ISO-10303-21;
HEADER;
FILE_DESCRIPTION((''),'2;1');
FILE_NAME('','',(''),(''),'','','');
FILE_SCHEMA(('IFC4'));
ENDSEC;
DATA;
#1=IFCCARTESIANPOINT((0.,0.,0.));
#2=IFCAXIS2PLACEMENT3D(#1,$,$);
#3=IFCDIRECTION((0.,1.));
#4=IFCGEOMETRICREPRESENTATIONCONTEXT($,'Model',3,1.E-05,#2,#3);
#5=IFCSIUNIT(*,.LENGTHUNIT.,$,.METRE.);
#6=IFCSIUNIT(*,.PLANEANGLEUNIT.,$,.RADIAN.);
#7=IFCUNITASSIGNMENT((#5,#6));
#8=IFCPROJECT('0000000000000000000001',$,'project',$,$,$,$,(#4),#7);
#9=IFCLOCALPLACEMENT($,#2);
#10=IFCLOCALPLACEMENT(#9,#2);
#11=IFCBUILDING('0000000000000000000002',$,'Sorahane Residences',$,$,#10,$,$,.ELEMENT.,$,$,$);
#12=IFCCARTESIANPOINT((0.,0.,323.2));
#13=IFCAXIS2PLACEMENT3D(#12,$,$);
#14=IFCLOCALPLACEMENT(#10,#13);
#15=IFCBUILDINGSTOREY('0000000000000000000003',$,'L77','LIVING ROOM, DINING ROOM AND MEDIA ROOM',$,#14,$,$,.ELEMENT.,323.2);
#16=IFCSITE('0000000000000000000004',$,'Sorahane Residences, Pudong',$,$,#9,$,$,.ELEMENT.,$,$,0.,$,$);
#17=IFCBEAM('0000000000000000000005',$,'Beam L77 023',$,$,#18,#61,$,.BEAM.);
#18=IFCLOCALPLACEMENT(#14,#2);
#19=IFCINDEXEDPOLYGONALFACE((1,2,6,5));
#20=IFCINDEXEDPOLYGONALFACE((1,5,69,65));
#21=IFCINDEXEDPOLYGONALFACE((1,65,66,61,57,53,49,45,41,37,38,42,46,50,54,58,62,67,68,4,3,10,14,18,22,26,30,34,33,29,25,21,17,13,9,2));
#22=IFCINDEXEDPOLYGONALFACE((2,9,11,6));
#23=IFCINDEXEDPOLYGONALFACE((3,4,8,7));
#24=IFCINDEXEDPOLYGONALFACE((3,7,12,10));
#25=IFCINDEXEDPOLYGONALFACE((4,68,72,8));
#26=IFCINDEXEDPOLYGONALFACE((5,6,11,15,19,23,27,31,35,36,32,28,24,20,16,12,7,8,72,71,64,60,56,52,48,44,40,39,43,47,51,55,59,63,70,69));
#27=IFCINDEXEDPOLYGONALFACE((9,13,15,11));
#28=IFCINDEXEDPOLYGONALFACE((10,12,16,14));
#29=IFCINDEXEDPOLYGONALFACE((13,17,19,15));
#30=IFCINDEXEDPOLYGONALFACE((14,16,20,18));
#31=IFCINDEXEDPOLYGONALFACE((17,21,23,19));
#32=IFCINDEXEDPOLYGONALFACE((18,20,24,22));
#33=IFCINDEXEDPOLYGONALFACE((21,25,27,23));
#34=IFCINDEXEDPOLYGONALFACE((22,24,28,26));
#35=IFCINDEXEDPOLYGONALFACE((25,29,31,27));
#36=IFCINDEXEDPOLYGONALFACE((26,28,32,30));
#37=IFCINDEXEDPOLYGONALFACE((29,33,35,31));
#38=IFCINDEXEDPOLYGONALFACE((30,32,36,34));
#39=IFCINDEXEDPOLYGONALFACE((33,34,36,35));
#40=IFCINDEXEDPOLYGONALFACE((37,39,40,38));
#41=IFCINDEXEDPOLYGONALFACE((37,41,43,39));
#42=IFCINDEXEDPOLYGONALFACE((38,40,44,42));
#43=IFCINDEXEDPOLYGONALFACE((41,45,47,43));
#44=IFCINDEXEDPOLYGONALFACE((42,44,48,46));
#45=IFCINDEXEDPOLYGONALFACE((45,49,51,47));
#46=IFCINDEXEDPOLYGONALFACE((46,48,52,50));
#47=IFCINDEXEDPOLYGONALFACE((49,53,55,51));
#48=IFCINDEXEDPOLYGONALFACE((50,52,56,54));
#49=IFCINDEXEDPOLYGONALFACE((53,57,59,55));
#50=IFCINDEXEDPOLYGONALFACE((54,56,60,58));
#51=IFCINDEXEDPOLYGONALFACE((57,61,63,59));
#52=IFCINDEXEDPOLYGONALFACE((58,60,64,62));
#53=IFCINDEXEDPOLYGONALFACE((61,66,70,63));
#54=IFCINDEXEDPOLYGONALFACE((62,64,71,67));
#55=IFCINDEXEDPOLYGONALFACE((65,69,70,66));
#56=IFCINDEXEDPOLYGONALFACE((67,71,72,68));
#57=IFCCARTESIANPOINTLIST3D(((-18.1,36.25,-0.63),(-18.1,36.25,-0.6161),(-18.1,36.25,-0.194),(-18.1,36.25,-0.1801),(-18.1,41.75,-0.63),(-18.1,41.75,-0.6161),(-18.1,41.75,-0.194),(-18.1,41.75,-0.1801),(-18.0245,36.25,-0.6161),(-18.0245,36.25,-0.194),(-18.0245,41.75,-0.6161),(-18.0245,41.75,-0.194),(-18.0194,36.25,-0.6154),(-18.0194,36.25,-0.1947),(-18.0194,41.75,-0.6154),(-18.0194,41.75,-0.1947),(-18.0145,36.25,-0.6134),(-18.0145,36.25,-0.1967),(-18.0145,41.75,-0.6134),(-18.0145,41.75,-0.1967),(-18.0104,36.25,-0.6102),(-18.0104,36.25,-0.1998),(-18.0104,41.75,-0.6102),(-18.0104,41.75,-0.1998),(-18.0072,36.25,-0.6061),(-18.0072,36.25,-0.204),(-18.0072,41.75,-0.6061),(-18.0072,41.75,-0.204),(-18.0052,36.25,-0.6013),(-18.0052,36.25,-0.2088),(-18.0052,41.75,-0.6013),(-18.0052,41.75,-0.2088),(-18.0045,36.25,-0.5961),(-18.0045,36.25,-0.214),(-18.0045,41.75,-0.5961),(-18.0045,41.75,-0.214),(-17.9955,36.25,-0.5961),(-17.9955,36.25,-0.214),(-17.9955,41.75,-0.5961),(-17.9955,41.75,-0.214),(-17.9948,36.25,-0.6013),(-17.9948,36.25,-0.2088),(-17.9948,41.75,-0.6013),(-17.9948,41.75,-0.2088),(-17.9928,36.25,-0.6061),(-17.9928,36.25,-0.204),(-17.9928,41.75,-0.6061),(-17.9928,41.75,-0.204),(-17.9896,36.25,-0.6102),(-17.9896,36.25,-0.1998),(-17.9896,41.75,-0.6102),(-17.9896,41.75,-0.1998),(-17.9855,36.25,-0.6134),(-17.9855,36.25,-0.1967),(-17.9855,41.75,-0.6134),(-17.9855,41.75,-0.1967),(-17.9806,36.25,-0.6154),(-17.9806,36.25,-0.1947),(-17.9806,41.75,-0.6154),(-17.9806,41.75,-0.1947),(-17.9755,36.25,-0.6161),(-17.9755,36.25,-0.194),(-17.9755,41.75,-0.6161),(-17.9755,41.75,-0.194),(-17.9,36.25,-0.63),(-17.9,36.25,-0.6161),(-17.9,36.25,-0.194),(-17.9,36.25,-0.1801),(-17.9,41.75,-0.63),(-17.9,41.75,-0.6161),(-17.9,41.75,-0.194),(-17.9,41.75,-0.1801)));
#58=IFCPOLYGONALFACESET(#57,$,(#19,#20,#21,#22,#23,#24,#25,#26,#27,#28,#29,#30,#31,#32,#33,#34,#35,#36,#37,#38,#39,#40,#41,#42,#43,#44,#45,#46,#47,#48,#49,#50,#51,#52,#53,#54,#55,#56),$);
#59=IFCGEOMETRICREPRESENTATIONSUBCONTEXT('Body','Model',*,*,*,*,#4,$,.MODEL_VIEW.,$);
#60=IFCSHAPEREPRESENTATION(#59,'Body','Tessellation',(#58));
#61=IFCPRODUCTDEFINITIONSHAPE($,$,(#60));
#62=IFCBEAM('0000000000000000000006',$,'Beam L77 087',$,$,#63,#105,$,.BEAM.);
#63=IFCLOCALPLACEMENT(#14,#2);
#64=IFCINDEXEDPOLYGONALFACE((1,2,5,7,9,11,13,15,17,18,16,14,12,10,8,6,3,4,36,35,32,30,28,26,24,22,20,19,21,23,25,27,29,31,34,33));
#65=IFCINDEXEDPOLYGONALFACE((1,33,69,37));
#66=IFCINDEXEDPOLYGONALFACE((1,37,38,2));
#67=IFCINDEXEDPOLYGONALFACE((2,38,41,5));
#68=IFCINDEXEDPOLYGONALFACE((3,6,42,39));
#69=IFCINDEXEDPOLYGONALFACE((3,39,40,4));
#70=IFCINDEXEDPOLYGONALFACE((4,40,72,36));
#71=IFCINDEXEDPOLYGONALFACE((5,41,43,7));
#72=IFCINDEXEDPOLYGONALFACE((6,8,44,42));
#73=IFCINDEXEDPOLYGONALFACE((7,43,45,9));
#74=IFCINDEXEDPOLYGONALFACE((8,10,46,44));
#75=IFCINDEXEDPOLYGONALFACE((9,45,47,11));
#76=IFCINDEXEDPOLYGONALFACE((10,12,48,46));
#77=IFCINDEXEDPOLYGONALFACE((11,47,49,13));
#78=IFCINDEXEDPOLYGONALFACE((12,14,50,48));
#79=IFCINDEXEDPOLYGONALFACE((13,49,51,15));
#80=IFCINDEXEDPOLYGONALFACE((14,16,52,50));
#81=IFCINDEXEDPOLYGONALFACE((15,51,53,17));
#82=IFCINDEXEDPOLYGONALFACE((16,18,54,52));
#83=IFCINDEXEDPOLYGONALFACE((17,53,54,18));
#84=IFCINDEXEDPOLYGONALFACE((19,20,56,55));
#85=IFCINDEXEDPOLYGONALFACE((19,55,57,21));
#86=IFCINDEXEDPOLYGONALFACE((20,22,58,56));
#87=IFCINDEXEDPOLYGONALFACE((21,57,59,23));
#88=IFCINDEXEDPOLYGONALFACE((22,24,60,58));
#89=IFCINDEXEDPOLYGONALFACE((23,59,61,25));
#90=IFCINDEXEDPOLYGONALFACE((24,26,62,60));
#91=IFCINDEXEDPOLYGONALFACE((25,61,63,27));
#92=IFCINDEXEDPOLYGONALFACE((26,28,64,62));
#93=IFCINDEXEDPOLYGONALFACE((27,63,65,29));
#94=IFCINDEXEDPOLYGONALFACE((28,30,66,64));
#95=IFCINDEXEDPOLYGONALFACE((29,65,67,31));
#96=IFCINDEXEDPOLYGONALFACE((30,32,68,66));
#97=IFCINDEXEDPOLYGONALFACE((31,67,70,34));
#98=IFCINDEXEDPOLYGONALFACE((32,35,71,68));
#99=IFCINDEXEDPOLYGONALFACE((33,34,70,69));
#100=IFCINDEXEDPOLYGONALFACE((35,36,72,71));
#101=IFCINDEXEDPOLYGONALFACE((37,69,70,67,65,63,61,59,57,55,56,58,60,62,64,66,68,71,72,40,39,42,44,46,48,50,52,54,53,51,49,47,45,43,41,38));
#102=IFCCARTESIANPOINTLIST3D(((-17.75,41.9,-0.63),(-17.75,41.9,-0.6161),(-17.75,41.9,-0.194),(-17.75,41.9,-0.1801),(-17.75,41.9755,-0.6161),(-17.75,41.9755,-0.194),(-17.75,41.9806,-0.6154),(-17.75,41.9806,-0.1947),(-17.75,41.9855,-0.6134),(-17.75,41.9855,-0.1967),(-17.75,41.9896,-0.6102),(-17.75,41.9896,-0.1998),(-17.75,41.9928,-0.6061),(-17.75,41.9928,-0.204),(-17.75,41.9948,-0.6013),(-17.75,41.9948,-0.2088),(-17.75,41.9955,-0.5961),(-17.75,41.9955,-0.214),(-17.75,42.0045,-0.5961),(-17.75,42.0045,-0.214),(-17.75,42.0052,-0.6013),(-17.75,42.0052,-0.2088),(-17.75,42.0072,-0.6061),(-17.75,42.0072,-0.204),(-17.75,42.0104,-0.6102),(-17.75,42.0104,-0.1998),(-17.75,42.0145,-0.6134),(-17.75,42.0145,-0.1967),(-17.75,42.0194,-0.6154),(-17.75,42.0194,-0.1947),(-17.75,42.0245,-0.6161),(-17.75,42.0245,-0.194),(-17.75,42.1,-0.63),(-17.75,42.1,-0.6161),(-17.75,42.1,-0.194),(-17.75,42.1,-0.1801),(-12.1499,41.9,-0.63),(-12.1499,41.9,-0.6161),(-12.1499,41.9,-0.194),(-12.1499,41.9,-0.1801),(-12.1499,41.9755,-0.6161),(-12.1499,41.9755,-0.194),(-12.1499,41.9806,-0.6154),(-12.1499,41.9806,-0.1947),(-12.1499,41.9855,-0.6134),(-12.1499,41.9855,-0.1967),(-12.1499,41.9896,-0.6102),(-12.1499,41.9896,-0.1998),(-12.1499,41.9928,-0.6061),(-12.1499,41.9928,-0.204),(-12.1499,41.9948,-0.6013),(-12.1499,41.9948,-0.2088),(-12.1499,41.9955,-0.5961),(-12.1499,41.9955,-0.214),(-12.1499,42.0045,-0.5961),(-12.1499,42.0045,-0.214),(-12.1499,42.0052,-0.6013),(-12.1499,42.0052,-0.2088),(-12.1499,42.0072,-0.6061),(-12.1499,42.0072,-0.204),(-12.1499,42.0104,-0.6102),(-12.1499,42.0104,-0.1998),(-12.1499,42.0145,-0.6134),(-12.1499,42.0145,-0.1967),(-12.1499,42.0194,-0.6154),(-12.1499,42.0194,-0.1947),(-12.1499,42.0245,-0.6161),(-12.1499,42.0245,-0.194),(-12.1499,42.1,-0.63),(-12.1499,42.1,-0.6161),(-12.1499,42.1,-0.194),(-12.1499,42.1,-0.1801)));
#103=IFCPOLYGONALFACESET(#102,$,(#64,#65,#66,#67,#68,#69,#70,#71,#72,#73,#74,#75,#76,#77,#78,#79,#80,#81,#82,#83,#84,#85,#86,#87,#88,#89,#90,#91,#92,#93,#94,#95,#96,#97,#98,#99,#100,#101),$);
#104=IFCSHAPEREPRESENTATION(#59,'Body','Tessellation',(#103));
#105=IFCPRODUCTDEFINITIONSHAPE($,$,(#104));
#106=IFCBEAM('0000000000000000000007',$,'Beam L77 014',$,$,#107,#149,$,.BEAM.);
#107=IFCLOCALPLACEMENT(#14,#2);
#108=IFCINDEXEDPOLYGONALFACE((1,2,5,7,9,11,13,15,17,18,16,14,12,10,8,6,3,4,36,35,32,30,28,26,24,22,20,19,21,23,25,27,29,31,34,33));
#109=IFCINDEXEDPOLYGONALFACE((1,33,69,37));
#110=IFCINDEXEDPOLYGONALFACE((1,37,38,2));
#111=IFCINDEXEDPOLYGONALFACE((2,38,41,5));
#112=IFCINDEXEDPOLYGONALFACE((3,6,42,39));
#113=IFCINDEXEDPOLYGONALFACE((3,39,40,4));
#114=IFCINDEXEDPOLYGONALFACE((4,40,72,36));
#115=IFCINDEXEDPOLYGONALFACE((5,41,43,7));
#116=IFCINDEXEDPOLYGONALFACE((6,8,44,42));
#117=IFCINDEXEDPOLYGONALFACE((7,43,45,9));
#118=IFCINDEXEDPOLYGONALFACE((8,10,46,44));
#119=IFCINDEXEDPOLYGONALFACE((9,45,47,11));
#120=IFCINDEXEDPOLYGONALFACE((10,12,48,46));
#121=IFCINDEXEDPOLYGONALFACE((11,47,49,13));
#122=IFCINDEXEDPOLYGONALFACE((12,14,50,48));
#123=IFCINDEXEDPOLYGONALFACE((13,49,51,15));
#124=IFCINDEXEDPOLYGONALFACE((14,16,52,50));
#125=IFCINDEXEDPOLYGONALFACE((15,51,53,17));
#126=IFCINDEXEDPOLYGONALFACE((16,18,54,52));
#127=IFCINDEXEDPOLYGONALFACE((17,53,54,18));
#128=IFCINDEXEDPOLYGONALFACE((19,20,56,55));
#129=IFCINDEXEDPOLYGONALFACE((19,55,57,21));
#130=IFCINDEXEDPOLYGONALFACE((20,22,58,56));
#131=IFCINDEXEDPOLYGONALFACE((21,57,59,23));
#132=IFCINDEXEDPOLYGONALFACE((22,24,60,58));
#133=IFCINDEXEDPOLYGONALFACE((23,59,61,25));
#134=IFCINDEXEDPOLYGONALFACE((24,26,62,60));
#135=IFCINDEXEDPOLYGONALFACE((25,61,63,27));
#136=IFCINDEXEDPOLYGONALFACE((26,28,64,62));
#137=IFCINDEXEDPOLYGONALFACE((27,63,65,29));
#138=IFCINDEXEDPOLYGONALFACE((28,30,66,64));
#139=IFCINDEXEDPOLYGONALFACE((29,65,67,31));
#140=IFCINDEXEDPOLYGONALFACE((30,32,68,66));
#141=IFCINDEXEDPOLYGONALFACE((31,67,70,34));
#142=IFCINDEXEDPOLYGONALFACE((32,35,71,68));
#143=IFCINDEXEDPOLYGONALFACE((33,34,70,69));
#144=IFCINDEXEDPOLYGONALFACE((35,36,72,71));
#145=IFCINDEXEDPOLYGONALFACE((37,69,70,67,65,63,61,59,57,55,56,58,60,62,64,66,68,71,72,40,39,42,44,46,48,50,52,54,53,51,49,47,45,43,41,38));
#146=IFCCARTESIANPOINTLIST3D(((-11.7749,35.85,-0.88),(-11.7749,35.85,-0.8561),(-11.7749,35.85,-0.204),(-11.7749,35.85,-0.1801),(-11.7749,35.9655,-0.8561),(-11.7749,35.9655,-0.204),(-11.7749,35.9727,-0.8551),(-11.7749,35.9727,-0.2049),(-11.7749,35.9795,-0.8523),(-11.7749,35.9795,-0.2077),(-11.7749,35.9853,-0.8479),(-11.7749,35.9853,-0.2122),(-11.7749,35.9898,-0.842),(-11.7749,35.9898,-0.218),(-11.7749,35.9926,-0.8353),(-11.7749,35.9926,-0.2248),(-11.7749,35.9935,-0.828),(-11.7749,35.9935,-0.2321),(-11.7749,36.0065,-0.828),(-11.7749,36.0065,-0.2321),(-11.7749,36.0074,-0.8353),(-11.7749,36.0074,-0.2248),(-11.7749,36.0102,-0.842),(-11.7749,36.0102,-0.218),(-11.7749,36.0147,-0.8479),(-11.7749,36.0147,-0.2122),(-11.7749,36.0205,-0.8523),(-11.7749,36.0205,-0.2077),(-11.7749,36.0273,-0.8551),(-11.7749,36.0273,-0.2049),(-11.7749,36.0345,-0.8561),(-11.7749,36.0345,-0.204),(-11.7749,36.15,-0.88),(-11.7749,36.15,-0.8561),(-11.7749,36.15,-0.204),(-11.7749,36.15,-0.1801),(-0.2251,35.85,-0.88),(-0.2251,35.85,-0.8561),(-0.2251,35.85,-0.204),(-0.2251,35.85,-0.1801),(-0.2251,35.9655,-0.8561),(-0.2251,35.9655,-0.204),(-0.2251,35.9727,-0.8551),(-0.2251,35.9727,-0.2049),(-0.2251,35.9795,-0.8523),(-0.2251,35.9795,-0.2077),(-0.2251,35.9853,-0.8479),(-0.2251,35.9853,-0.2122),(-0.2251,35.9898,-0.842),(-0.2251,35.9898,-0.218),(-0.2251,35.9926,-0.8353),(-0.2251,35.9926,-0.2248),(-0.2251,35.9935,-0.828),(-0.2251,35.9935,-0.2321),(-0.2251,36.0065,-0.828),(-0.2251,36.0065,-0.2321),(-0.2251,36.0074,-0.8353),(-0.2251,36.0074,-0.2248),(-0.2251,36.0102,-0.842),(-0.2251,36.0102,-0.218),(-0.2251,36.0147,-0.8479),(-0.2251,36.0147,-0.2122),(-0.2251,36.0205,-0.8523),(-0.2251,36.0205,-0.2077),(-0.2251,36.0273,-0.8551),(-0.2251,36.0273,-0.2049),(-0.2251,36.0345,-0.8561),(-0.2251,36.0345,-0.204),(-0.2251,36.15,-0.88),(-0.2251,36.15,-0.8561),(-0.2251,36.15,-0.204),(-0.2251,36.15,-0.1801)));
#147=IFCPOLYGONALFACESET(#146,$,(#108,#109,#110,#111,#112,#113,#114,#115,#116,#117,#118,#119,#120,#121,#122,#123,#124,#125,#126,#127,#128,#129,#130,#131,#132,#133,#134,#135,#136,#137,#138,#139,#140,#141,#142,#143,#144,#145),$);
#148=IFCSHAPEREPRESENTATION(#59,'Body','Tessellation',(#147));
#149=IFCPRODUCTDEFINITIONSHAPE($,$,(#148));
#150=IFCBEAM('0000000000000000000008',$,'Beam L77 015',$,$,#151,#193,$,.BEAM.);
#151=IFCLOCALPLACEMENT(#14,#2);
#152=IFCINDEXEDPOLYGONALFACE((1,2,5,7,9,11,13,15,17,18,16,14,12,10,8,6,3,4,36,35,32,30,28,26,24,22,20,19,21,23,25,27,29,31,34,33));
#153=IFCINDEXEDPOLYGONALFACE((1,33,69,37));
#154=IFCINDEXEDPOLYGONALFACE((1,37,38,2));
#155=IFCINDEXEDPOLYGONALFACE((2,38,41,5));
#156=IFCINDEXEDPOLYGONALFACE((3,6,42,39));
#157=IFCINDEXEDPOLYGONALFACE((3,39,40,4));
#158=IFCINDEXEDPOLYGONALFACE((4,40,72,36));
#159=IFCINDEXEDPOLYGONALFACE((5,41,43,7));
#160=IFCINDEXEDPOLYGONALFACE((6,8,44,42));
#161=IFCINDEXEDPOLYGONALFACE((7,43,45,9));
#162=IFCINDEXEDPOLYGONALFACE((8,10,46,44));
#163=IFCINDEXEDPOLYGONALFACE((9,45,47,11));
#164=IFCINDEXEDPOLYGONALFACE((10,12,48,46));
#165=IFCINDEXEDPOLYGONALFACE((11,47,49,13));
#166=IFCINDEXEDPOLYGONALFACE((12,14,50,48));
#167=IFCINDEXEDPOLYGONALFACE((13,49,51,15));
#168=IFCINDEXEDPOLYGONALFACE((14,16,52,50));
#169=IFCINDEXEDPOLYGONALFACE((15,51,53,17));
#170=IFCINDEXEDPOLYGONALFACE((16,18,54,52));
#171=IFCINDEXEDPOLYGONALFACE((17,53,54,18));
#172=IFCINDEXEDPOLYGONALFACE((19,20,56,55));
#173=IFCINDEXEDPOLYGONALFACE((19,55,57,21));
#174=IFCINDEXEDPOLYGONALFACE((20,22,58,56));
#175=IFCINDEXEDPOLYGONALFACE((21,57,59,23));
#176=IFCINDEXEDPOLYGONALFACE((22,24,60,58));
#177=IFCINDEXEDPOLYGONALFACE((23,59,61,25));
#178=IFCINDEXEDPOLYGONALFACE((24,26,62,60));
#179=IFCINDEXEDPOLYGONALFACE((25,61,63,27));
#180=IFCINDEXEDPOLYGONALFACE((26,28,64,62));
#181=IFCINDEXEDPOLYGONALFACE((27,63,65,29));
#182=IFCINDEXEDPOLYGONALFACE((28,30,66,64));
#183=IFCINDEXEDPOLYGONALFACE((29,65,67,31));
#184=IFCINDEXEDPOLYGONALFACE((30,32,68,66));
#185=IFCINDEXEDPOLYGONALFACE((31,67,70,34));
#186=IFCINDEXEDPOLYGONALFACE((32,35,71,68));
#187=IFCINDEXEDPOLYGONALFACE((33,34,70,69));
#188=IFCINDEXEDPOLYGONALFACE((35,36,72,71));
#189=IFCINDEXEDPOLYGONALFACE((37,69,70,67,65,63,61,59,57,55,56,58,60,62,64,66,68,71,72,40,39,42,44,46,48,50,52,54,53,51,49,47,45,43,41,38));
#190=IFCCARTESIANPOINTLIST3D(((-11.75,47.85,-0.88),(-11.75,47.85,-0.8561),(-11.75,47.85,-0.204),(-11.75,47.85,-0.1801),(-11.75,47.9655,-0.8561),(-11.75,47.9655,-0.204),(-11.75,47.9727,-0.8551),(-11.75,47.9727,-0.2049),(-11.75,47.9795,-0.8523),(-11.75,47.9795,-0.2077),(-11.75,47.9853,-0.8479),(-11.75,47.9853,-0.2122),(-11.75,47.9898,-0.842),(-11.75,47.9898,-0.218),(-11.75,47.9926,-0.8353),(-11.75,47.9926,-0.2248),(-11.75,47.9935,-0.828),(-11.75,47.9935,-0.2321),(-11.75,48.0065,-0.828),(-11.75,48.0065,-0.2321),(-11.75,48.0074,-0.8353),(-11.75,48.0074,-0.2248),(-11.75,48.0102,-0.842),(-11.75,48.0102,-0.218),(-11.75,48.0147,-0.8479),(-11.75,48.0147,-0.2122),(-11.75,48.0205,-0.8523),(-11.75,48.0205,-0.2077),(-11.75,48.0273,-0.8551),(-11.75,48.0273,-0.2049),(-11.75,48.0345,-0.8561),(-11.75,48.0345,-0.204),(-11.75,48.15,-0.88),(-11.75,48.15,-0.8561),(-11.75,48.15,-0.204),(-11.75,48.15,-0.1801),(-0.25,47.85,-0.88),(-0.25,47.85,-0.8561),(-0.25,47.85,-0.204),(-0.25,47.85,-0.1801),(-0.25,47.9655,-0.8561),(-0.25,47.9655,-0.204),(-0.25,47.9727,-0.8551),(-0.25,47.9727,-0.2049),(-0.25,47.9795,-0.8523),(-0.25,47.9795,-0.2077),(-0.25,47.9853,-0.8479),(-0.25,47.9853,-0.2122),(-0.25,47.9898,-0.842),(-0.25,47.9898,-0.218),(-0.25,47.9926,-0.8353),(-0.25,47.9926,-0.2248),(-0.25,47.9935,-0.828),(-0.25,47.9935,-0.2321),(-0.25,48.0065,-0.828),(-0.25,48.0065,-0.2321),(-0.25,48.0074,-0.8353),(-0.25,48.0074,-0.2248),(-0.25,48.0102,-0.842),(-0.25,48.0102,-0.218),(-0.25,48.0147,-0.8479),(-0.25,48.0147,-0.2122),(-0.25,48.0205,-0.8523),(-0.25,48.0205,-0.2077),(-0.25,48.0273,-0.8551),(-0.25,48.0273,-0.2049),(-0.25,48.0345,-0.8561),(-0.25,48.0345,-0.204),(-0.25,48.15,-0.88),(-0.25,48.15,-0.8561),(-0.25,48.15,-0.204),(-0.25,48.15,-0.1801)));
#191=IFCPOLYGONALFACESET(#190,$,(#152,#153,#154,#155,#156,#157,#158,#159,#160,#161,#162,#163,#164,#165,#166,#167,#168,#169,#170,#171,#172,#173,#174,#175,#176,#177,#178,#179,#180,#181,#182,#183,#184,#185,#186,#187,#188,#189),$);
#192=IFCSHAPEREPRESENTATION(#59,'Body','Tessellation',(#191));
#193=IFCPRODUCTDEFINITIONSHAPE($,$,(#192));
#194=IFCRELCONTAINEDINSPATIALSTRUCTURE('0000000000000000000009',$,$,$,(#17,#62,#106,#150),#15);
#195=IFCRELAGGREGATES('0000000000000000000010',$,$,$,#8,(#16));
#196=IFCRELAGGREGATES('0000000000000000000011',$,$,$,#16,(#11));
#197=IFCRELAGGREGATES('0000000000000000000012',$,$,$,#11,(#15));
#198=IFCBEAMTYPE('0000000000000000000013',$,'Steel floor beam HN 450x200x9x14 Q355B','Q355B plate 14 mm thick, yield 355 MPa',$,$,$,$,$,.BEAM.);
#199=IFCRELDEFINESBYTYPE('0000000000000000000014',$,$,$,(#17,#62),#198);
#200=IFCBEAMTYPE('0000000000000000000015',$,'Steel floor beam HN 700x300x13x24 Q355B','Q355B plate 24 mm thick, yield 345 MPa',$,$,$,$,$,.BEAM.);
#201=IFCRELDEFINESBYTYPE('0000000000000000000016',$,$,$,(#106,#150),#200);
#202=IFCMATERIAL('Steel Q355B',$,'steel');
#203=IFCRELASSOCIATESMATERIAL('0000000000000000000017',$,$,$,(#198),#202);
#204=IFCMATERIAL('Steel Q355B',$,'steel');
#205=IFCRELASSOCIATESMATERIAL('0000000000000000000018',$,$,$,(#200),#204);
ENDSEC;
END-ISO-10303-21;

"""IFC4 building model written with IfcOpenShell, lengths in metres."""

from ifc_helpers import new_model, si_unit, direction, frame, origin, origin_2d, place, context, subcontext, project, spatial, i_section, extrude, material, material_profile, profile_set, type_object, element, save


model = new_model("IFC4")

# Units and contexts
model_context = context("Model", 3, precision=1e-05, world=origin(), true_north=direction((0.0, 1.0)))
body_context = subcontext(model_context, "Body", "Model", "MODEL_VIEW")
ifc_project = project(units=[si_unit("LENGTHUNIT", "METRE"), si_unit("PLANEANGLEUNIT", "RADIAN")], contexts=[model_context])

# Site, building, storey
site_placement = place(None, origin())
site = spatial("IfcSite", under=ifc_project, at=site_placement, Name="Sorahane Residences, Pudong", CompositionType="ELEMENT", RefElevation=0.0)
building_placement = place(site_placement, origin())
building = spatial("IfcBuilding", under=site, at=building_placement, Name="Sorahane Residences", CompositionType="ELEMENT")
storey_placement = place(building_placement, frame((0.0, 0.0, 323.2)))
storey = spatial("IfcBuildingStorey", under=building, at=storey_placement, Name="L77", Description="LIVING ROOM, DINING ROOM AND MEDIA ROOM", CompositionType="ELEMENT", Elevation=323.2)

# Beams
ifc_material_1 = material(Name="Steel Q355B", Category="steel")
ifc_material_profile_1 = material_profile(ifc_material_1, i_section(OverallWidth=0.2, OverallDepth=0.45, WebThickness=0.009, FlangeThickness=0.0139, FilletRadius=0.02, at=origin_2d()), Name="HN 450x200x9x14")
ifc_profile_set_1 = profile_set([ifc_material_profile_1], Name="Steel Q355B")
beam_type_1 = type_object("IfcBeamType", Name="Steel floor beam HN 450x200x9x14 Q355B", Description="Q355B plate 14 mm thick, yield 355 MPa", PredefinedType="BEAM", material=ifc_profile_set_1)
beam_1_placement = place(storey_placement, frame((-18.0, 36.25, -0.405), z_axis=(0.0, 1.0, 0.0), x_axis=(-1.0, 0.0, 0.0)))
element("IfcBeam", 1, at=beam_1_placement, inside=storey, type_object=beam_type_1, Name="Beam L77 023", PredefinedType="BEAM", context=body_context, shape_type="SweptSolid", body=[
    extrude(i_section(OverallWidth=0.2, OverallDepth=0.45, WebThickness=0.009, FlangeThickness=0.0139, FilletRadius=0.02, at=origin_2d()), origin(), (0.0, 0.0, 1.0), 5.5),
])
beam_2_placement = place(storey_placement, frame((-17.75, 42.0, -0.405), z_axis=(1.0, 0.0, 0.0), x_axis=(0.0, 1.0, 0.0)))
element("IfcBeam", 2, at=beam_2_placement, inside=storey, type_object=beam_type_1, Name="Beam L77 087", PredefinedType="BEAM", context=body_context, shape_type="SweptSolid", body=[
    extrude(i_section(OverallWidth=0.2, OverallDepth=0.45, WebThickness=0.009, FlangeThickness=0.0139, FilletRadius=0.02, at=origin_2d()), origin(), (0.0, 0.0, 1.0), 5.6001),
])
ifc_material_2 = material(Name="Steel Q355B", Category="steel")
ifc_material_profile_2 = material_profile(ifc_material_2, i_section(OverallWidth=0.3, OverallDepth=0.7, WebThickness=0.0129, FlangeThickness=0.0239, FilletRadius=0.0281, at=origin_2d()), Name="HN 700x300x13x24")
ifc_profile_set_2 = profile_set([ifc_material_profile_2], Name="Steel Q355B")
beam_type_2 = type_object("IfcBeamType", Name="Steel floor beam HN 700x300x13x24 Q355B", Description="Q355B plate 24 mm thick, yield 345 MPa", PredefinedType="BEAM", material=ifc_profile_set_2)
beam_3_placement = place(storey_placement, frame((-11.7749, 36.0, -0.53), z_axis=(1.0, 0.0, 0.0), x_axis=(0.0, 1.0, 0.0)))
element("IfcBeam", 3, at=beam_3_placement, inside=storey, type_object=beam_type_2, Name="Beam L77 014", PredefinedType="BEAM", context=body_context, shape_type="SweptSolid", body=[
    extrude(i_section(OverallWidth=0.3, OverallDepth=0.7, WebThickness=0.0129, FlangeThickness=0.0239, FilletRadius=0.0281, at=origin_2d()), origin(), (0.0, 0.0, 1.0), 11.5498),
])
beam_4_placement = place(storey_placement, frame((-11.75, 48.0, -0.53), z_axis=(1.0, 0.0, 0.0), x_axis=(0.0, 1.0, 0.0)))
element("IfcBeam", 4, at=beam_4_placement, inside=storey, type_object=beam_type_2, Name="Beam L77 015", PredefinedType="BEAM", context=body_context, shape_type="SweptSolid", body=[
    extrude(i_section(OverallWidth=0.3, OverallDepth=0.7, WebThickness=0.0129, FlangeThickness=0.0239, FilletRadius=0.0281, at=origin_2d()), origin(), (0.0, 0.0, 1.0), 11.5),
])

save(model, "model.ifc")
